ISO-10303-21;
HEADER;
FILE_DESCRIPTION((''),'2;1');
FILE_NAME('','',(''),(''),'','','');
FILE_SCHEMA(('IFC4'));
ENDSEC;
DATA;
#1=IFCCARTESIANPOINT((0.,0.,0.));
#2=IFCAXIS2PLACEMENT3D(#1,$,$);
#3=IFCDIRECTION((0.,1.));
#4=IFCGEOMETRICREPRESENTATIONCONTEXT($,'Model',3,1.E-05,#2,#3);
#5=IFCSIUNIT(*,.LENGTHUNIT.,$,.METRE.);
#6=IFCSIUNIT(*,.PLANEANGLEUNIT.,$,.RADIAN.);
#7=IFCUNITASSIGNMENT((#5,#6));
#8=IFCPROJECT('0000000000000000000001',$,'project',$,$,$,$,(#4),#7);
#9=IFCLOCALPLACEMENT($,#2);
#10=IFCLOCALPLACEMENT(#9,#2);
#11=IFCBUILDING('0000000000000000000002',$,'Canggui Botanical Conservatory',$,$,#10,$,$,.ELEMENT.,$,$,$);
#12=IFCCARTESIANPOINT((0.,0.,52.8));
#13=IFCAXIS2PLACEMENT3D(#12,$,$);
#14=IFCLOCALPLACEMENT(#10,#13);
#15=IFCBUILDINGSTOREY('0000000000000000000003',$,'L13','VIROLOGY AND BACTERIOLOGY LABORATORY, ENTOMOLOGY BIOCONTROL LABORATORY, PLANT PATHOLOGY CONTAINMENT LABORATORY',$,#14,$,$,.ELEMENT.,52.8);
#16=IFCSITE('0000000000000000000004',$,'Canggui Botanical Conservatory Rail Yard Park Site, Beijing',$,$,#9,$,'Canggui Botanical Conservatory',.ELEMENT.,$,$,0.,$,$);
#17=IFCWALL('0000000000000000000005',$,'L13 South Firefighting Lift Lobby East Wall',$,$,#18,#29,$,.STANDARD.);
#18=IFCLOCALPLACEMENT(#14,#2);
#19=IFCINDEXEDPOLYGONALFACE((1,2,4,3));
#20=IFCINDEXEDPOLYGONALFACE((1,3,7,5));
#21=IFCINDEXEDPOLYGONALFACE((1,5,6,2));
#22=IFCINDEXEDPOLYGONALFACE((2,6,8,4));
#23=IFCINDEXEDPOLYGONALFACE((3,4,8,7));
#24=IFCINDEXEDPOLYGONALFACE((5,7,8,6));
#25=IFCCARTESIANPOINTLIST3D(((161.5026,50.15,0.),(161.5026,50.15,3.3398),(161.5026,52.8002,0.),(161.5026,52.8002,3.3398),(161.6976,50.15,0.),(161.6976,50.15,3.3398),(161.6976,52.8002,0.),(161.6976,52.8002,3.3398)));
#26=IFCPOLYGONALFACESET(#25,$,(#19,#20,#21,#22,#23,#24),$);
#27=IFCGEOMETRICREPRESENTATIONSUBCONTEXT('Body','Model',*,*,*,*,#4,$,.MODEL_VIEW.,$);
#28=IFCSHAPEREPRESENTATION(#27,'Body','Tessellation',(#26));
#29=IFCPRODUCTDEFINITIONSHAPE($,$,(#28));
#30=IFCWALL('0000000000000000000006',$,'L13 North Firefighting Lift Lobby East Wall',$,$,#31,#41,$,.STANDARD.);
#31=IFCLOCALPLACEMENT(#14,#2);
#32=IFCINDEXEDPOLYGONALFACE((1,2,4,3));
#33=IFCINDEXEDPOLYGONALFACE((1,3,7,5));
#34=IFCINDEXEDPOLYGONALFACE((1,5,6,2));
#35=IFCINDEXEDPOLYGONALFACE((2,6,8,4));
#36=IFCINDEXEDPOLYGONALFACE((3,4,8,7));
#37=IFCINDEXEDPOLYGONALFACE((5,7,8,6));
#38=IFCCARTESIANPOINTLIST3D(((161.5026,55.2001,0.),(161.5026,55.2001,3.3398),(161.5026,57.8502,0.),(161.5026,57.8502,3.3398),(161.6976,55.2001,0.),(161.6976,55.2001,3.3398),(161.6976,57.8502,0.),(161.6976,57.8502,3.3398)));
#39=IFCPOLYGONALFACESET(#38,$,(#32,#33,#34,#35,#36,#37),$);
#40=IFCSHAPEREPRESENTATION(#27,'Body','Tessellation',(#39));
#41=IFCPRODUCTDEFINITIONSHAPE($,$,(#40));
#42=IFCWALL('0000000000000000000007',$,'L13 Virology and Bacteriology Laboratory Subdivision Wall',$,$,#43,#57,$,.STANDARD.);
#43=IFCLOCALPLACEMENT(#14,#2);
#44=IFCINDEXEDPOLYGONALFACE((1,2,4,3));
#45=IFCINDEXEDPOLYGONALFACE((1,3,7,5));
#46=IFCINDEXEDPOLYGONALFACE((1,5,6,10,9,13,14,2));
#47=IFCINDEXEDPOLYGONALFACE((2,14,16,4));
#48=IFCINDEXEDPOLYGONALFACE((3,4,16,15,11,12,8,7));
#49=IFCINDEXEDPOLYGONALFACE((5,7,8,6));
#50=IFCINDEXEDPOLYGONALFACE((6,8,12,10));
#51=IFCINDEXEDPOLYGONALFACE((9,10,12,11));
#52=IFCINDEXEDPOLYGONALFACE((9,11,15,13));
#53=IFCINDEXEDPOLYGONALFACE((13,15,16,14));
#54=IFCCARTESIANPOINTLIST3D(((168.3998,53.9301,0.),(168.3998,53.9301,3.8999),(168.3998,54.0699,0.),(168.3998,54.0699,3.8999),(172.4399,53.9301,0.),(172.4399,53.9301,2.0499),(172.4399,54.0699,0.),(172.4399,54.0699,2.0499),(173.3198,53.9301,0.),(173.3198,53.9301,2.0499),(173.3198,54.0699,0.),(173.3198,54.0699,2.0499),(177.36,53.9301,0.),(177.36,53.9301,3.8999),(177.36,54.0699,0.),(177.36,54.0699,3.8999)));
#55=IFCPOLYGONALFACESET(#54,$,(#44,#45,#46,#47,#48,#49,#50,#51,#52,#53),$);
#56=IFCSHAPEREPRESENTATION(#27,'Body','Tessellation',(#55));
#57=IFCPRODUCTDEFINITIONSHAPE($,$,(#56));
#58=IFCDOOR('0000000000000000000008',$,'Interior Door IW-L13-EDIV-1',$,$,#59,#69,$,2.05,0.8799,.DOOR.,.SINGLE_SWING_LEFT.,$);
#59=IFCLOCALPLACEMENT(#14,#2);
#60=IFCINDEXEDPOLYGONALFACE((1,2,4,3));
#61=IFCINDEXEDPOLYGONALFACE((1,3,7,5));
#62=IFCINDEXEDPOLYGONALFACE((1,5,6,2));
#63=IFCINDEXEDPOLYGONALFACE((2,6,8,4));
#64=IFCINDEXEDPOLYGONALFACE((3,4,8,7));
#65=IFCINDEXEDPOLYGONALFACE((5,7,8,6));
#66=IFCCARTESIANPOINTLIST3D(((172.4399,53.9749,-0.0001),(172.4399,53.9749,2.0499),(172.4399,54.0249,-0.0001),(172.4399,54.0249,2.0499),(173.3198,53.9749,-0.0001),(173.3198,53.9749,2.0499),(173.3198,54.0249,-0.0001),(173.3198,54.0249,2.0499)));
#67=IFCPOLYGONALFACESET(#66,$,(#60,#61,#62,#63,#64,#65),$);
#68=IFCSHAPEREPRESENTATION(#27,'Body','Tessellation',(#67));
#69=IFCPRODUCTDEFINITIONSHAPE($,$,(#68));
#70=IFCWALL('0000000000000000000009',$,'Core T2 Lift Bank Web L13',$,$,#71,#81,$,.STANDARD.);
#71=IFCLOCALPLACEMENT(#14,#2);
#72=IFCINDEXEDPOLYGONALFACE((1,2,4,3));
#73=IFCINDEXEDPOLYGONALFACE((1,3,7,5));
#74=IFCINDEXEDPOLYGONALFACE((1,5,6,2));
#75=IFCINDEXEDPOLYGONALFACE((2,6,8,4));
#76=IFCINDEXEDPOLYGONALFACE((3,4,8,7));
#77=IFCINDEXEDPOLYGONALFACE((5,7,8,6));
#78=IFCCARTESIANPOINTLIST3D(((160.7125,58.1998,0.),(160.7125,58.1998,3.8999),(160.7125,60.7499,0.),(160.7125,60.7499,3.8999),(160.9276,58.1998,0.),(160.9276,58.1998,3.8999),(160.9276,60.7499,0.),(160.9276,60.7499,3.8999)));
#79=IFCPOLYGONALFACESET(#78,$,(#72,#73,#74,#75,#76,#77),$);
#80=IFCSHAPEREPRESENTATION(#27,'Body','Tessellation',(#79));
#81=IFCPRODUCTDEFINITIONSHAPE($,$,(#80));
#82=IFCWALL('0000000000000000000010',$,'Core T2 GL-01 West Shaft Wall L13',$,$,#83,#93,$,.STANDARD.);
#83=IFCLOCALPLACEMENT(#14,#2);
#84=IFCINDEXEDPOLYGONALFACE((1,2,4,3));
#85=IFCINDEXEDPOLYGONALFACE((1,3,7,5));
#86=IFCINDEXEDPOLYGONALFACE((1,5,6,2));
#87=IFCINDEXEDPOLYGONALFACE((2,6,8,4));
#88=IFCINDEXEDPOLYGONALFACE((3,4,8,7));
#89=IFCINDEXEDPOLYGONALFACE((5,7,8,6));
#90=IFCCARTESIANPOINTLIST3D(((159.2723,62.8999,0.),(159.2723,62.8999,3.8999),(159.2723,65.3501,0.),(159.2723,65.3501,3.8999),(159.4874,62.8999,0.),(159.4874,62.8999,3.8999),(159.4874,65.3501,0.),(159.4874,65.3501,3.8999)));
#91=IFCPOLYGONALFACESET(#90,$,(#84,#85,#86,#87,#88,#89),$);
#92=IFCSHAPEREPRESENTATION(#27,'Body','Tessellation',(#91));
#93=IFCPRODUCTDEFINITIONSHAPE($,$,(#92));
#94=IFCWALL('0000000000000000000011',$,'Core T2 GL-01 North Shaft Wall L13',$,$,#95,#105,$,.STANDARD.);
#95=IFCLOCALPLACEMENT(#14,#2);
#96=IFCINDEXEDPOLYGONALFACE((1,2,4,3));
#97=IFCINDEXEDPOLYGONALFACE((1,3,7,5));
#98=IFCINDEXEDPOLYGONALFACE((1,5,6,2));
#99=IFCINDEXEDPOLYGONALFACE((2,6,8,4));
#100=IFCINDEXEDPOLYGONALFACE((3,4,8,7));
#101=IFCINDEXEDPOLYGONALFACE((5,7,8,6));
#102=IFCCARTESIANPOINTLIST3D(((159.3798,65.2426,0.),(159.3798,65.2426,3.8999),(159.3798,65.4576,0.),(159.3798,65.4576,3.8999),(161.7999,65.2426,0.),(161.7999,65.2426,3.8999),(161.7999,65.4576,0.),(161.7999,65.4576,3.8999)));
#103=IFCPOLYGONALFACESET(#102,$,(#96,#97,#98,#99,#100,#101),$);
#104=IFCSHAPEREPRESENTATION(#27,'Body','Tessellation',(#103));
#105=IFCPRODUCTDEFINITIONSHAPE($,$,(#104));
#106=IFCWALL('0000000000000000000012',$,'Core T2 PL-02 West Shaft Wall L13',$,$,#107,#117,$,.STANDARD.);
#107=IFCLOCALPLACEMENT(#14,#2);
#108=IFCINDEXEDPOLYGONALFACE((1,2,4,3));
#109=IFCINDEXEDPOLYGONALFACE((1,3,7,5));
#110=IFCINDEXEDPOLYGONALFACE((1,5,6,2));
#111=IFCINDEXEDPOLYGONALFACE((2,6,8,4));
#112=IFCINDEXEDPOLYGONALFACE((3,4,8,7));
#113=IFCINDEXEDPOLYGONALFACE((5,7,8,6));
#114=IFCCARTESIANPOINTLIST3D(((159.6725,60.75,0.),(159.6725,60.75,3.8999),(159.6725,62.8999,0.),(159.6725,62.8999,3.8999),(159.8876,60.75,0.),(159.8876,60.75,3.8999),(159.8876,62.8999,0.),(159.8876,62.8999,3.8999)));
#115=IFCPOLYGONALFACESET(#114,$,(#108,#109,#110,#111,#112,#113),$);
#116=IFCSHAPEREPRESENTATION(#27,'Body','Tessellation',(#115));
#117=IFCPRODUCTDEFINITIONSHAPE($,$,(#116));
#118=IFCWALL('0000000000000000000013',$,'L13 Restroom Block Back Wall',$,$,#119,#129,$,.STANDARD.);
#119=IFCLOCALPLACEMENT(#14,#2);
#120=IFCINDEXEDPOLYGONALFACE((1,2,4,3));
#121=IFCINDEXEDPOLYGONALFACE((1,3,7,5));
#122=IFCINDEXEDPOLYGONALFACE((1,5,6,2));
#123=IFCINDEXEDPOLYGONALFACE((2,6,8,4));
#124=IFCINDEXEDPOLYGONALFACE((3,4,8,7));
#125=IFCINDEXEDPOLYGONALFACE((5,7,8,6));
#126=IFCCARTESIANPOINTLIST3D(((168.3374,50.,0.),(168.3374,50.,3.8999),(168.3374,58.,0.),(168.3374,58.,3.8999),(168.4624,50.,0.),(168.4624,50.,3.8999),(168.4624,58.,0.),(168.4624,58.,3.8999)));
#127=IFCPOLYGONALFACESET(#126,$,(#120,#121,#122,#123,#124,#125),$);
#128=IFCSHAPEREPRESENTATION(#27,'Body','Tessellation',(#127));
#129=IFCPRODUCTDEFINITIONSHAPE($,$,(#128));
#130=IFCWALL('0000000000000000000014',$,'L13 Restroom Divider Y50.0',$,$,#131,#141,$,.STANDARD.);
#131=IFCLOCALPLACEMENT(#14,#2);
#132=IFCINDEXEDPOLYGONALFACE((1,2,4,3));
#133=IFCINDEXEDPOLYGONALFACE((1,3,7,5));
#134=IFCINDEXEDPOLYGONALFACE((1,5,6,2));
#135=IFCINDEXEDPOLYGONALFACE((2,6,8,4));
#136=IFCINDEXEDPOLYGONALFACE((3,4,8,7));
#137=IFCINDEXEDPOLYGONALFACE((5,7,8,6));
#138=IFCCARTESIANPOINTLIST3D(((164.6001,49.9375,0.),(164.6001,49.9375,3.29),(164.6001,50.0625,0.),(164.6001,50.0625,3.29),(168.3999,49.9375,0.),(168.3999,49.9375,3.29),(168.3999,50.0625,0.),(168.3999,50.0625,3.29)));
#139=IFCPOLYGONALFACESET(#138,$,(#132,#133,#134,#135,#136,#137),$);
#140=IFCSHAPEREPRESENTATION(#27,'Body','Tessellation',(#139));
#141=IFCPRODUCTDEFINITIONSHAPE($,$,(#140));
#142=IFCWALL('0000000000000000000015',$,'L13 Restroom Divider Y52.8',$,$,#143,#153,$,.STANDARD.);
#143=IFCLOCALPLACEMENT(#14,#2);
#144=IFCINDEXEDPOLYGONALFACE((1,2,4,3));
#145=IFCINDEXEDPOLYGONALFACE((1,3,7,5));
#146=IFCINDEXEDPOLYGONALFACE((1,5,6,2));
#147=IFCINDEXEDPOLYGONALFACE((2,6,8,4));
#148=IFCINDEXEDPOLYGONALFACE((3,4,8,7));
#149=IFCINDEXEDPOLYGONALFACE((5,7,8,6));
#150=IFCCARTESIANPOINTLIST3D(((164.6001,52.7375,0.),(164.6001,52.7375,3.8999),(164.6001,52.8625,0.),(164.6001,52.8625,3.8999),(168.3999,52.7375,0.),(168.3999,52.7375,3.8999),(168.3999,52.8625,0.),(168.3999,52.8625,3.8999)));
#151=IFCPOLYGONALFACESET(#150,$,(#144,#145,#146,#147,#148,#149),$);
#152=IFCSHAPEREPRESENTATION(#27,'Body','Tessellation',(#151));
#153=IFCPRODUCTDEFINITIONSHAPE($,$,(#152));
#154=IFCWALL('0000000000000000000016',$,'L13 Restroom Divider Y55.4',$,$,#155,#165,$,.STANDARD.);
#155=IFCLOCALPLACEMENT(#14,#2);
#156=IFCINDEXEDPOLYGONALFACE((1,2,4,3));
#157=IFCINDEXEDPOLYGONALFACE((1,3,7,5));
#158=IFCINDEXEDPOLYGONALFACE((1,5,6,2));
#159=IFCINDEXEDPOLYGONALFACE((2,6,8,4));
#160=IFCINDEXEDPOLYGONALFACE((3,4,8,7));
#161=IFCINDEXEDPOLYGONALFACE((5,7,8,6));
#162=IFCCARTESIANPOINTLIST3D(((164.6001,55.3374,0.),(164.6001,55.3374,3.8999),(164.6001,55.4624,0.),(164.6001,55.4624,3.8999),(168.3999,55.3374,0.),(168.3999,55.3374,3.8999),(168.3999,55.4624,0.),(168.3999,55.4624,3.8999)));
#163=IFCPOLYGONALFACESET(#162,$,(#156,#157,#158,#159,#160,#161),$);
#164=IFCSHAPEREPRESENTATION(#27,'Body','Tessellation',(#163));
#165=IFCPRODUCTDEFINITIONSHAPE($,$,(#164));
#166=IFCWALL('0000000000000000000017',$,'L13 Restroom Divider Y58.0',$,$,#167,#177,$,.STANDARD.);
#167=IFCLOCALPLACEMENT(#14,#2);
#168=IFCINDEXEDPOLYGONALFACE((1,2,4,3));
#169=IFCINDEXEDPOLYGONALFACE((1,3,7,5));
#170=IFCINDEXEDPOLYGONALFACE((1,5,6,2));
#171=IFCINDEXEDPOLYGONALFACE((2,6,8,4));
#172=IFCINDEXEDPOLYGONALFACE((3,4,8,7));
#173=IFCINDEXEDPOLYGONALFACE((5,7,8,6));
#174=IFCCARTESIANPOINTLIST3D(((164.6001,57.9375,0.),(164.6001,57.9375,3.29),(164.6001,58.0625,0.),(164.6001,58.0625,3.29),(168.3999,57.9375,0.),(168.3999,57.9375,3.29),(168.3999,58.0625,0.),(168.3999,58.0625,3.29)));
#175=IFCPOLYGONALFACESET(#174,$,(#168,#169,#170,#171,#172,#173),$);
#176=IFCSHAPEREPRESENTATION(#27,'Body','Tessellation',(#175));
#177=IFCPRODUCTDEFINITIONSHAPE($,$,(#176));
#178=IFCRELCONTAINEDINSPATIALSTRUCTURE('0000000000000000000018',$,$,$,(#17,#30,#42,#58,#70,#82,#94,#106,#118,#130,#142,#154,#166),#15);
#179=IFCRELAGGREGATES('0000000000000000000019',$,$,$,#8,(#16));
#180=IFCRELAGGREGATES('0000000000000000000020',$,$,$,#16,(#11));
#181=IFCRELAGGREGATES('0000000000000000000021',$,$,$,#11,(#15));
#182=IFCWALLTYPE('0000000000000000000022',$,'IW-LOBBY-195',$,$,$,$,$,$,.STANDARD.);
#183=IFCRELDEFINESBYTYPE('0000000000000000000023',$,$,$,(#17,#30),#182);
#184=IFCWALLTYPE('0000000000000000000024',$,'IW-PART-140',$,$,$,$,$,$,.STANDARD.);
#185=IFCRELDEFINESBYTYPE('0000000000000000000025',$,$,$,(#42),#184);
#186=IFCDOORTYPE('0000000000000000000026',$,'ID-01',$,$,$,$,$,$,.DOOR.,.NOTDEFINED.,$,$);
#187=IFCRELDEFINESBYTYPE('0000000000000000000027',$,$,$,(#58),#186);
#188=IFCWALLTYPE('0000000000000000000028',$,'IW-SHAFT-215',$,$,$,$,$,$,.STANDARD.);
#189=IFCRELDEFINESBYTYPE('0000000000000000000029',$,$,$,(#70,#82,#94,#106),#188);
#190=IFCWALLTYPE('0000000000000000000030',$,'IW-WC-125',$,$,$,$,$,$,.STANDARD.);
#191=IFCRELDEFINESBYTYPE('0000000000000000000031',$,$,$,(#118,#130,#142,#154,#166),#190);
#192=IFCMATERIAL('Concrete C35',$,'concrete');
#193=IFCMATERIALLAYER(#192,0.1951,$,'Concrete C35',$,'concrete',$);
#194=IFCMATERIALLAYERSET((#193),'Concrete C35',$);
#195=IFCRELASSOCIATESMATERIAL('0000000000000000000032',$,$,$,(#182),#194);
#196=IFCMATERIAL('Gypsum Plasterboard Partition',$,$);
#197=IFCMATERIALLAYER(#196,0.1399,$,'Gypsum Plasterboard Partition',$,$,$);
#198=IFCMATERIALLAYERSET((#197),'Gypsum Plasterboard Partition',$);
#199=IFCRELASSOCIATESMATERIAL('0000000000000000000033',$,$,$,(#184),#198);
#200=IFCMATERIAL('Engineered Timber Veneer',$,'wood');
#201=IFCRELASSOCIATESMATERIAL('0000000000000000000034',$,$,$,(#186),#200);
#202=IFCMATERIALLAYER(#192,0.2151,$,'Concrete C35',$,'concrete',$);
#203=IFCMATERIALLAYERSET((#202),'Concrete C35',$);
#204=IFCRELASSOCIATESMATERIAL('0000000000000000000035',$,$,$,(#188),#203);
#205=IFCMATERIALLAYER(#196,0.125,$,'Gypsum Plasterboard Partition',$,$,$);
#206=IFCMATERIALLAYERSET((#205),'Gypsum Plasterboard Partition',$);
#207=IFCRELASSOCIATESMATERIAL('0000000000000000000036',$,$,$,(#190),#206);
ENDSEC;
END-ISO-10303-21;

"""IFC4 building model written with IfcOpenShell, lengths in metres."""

from ifc_helpers import new_model, si_unit, direction, frame, frame_2d, origin, place, context, subcontext, project, spatial, rectangle, extrude, material, layer, layer_set, type_object, element, fill, save


model = new_model("IFC4")

# Units and contexts
model_context = context("Model", 3, precision=1e-05, world=origin(), true_north=direction((0.0, 1.0)))
body_context = subcontext(model_context, "Body", "Model", "MODEL_VIEW")
ifc_project = project(units=[si_unit("LENGTHUNIT", "METRE"), si_unit("PLANEANGLEUNIT", "RADIAN")], contexts=[model_context])

# Site, building, storey
site_placement = place(None, origin())
site = spatial("IfcSite", under=ifc_project, at=site_placement, Name="Canggui Botanical Conservatory Rail Yard Park Site, Beijing", LongName="Canggui Botanical Conservatory", CompositionType="ELEMENT", RefElevation=0.0)
building_placement = place(site_placement, origin())
building = spatial("IfcBuilding", under=site, at=building_placement, Name="Canggui Botanical Conservatory", CompositionType="ELEMENT")
storey_placement = place(building_placement, frame((0.0, 0.0, 52.8)))
storey = spatial("IfcBuildingStorey", under=building, at=storey_placement, Name="L13", Description="VIROLOGY AND BACTERIOLOGY LABORATORY, ENTOMOLOGY BIOCONTROL LABORATORY, PLANT PATHOLOGY CONTAINMENT LABORATORY", CompositionType="ELEMENT", Elevation=52.8)

# Shared definitions
ifc_material_1 = material(Name="Concrete C35", Category="concrete")

# Shared definitions
ifc_material_2 = material(Name="Gypsum Plasterboard Partition")

# Walls
ifc_layer_1 = layer(ifc_material_1, 0.1951, Name="Concrete C35", Category="concrete")
ifc_layer_set_1 = layer_set([ifc_layer_1], Name="Concrete C35")
wall_type_1 = type_object("IfcWallType", Name="IW-LOBBY-195", PredefinedType="STANDARD", material=ifc_layer_set_1)
for number, where, z_axis, x_axis, name in (
    (1, (161.6001, 50.1499, 0.0), (0.0, 0.0, 1.0), (0.0, 1.0, 0.0), "L13 South Firefighting Lift Lobby East Wall"),
    (2, (161.6001, 55.2, 0.0), (0.0, 0.0, 1.0), (0.0, 1.0, 0.0), "L13 North Firefighting Lift Lobby East Wall"),
):
    element("IfcWall", number, at=place(storey_placement, frame(where, z_axis=z_axis, x_axis=x_axis)), inside=storey, type_object=wall_type_1, Name=name, PredefinedType="STANDARD", context=body_context, shape_type="SweptSolid", body=[
        extrude(rectangle(XDim=2.6501, YDim=0.1951, at=frame_2d((1.3252, 0.0))), origin(), (0.0, 0.0, 1.0), 3.3398),
    ])

# Wall, opening, door
ifc_layer_2 = layer(ifc_material_2, 0.1399, Name="Gypsum Plasterboard Partition")
ifc_layer_set_2 = layer_set([ifc_layer_2], Name="Gypsum Plasterboard Partition")
wall_type_2 = type_object("IfcWallType", Name="IW-PART-140", PredefinedType="STANDARD", material=ifc_layer_set_2)
wall_1_placement = place(storey_placement, frame((168.3999, 54.0, 0.0), z_axis=(0.0, 0.0, 1.0), x_axis=(1.0, 0.0, 0.0)))
wall_1 = element("IfcWall", 3, at=wall_1_placement, inside=storey, type_object=wall_type_2, Name="L13 Virology and Bacteriology Laboratory Subdivision Wall", PredefinedType="STANDARD", context=body_context, shape_type="SweptSolid", body=[
    extrude(rectangle(XDim=8.9602, YDim=0.1399, at=frame_2d((4.48, 0.0))), origin(), (0.0, 0.0, 1.0), 3.8999),
])
opening_1_placement = place(wall_1_placement, frame((4.04, 0.0, 0.0)))
opening_1 = element("IfcOpeningElement", 4, at=opening_1_placement, cuts=wall_1, PredefinedType="OPENING", context=body_context, shape_type="SweptSolid", body=[
    extrude(rectangle(XDim=0.8799, YDim=2.05, at=frame_2d((0.4399, 1.0249))), frame((0.0, 0.0801, 0.0), z_axis=(0.0, -1.0, 0.0), x_axis=(1.0, 0.0, 0.0)), (0.0, 0.0, 1.0), 0.1599),
])
ifc_material_3 = material(Name="Engineered Timber Veneer", Category="wood")
door_type_1 = type_object("IfcDoorType", Name="ID-01", OperationType="NOTDEFINED", PredefinedType="DOOR", material=ifc_material_3)
door_1_placement = place(opening_1_placement, origin())
door_1 = element("IfcDoor", 5, at=door_1_placement, inside=storey, type_object=door_type_1, Name="Interior Door IW-L13-EDIV-1", OperationType="SINGLE_SWING_LEFT", OverallHeight=2.05, OverallWidth=0.8799, PredefinedType="DOOR", context=body_context, shape_type="SweptSolid", body=[
    extrude(rectangle(XDim=0.8799, YDim=2.05, at=frame_2d((0.4399, 1.0249))), frame((0.0, 0.0249, 0.0), z_axis=(0.0, -1.0, 0.0), x_axis=(1.0, 0.0, 0.0)), (0.0, 0.0, 1.0), 0.05),
])
fill(opening_1, door_1)

# Walls
ifc_layer_3 = layer(ifc_material_1, 0.2151, Name="Concrete C35", Category="concrete")
ifc_layer_set_3 = layer_set([ifc_layer_3], Name="Concrete C35")
wall_type_3 = type_object("IfcWallType", Name="IW-SHAFT-215", PredefinedType="STANDARD", material=ifc_layer_set_3)
wall_2_placement = place(storey_placement, frame((160.8201, 58.2, 0.0), z_axis=(0.0, 0.0, 1.0), x_axis=(0.0, 1.0, 0.0)))
element("IfcWall", 6, at=wall_2_placement, inside=storey, type_object=wall_type_3, Name="Core T2 Lift Bank Web L13", PredefinedType="STANDARD", context=body_context, shape_type="SweptSolid", body=[
    extrude(rectangle(XDim=2.55, YDim=0.2151, at=frame_2d((1.2749, 0.0))), origin(), (0.0, 0.0, 1.0), 3.8999),
])
wall_3_placement = place(storey_placement, frame((159.3799, 62.8999, 0.0), z_axis=(0.0, 0.0, 1.0), x_axis=(0.0, 1.0, 0.0)))
element("IfcWall", 7, at=wall_3_placement, inside=storey, type_object=wall_type_3, Name="Core T2 GL-01 West Shaft Wall L13", PredefinedType="STANDARD", context=body_context, shape_type="SweptSolid", body=[
    extrude(rectangle(XDim=2.4502, YDim=0.2151, at=frame_2d((1.2251, 0.0))), origin(), (0.0, 0.0, 1.0), 3.8999),
])
wall_4_placement = place(storey_placement, frame((159.3799, 65.3501, 0.0), z_axis=(0.0, 0.0, 1.0), x_axis=(1.0, 0.0, 0.0)))
element("IfcWall", 8, at=wall_4_placement, inside=storey, type_object=wall_type_3, Name="Core T2 GL-01 North Shaft Wall L13", PredefinedType="STANDARD", context=body_context, shape_type="SweptSolid", body=[
    extrude(rectangle(XDim=2.4202, YDim=0.2151, at=frame_2d((1.21, 0.0))), origin(), (0.0, 0.0, 1.0), 3.8999),
])
wall_5_placement = place(storey_placement, frame((159.78, 60.75, 0.0), z_axis=(0.0, 0.0, 1.0), x_axis=(0.0, 1.0, 0.0)))
element("IfcWall", 9, at=wall_5_placement, inside=storey, type_object=wall_type_3, Name="Core T2 PL-02 West Shaft Wall L13", PredefinedType="STANDARD", context=body_context, shape_type="SweptSolid", body=[
    extrude(rectangle(XDim=2.1499, YDim=0.2151, at=frame_2d((1.075, 0.0))), origin(), (0.0, 0.0, 1.0), 3.8999),
])
ifc_layer_4 = layer(ifc_material_2, 0.125, Name="Gypsum Plasterboard Partition")
ifc_layer_set_4 = layer_set([ifc_layer_4], Name="Gypsum Plasterboard Partition")
wall_type_4 = type_object("IfcWallType", Name="IW-WC-125", PredefinedType="STANDARD", material=ifc_layer_set_4)
wall_6_placement = place(storey_placement, frame((168.3999, 50.0, 0.0), z_axis=(0.0, 0.0, 1.0), x_axis=(0.0, 1.0, 0.0)))
element("IfcWall", 10, at=wall_6_placement, inside=storey, type_object=wall_type_4, Name="L13 Restroom Block Back Wall", PredefinedType="STANDARD", context=body_context, shape_type="SweptSolid", body=[
    extrude(rectangle(XDim=8.0, YDim=0.125, at=frame_2d((4.0, 0.0))), origin(), (0.0, 0.0, 1.0), 3.8999),
])
wall_7_placement = place(storey_placement, frame((164.6001, 50.0, 0.0), z_axis=(0.0, 0.0, 1.0), x_axis=(1.0, 0.0, 0.0)))
element("IfcWall", 11, at=wall_7_placement, inside=storey, type_object=wall_type_4, Name="L13 Restroom Divider Y50.0", PredefinedType="STANDARD", context=body_context, shape_type="SweptSolid", body=[
    extrude(rectangle(XDim=3.7998, YDim=0.125, at=frame_2d((1.8999, 0.0))), origin(), (0.0, 0.0, 1.0), 3.29),
])
for number, where, z_axis, x_axis, name in (
    (12, (164.6001, 52.8, 0.0), (0.0, 0.0, 1.0), (1.0, 0.0, 0.0), "L13 Restroom Divider Y52.8"),
    (13, (164.6001, 55.3999, 0.0), (0.0, 0.0, 1.0), (1.0, 0.0, 0.0), "L13 Restroom Divider Y55.4"),
):
    element("IfcWall", number, at=place(storey_placement, frame(where, z_axis=z_axis, x_axis=x_axis)), inside=storey, type_object=wall_type_4, Name=name, PredefinedType="STANDARD", context=body_context, shape_type="SweptSolid", body=[
        extrude(rectangle(XDim=3.7998, YDim=0.125, at=frame_2d((1.8999, 0.0))), origin(), (0.0, 0.0, 1.0), 3.8999),
    ])
wall_8_placement = place(storey_placement, frame((164.6001, 58.0, 0.0), z_axis=(0.0, 0.0, 1.0), x_axis=(1.0, 0.0, 0.0)))
element("IfcWall", 14, at=wall_8_placement, inside=storey, type_object=wall_type_4, Name="L13 Restroom Divider Y58.0", PredefinedType="STANDARD", context=body_context, shape_type="SweptSolid", body=[
    extrude(rectangle(XDim=3.7998, YDim=0.125, at=frame_2d((1.8999, 0.0))), origin(), (0.0, 0.0, 1.0), 3.29),
])

save(model, "model.ifc")
